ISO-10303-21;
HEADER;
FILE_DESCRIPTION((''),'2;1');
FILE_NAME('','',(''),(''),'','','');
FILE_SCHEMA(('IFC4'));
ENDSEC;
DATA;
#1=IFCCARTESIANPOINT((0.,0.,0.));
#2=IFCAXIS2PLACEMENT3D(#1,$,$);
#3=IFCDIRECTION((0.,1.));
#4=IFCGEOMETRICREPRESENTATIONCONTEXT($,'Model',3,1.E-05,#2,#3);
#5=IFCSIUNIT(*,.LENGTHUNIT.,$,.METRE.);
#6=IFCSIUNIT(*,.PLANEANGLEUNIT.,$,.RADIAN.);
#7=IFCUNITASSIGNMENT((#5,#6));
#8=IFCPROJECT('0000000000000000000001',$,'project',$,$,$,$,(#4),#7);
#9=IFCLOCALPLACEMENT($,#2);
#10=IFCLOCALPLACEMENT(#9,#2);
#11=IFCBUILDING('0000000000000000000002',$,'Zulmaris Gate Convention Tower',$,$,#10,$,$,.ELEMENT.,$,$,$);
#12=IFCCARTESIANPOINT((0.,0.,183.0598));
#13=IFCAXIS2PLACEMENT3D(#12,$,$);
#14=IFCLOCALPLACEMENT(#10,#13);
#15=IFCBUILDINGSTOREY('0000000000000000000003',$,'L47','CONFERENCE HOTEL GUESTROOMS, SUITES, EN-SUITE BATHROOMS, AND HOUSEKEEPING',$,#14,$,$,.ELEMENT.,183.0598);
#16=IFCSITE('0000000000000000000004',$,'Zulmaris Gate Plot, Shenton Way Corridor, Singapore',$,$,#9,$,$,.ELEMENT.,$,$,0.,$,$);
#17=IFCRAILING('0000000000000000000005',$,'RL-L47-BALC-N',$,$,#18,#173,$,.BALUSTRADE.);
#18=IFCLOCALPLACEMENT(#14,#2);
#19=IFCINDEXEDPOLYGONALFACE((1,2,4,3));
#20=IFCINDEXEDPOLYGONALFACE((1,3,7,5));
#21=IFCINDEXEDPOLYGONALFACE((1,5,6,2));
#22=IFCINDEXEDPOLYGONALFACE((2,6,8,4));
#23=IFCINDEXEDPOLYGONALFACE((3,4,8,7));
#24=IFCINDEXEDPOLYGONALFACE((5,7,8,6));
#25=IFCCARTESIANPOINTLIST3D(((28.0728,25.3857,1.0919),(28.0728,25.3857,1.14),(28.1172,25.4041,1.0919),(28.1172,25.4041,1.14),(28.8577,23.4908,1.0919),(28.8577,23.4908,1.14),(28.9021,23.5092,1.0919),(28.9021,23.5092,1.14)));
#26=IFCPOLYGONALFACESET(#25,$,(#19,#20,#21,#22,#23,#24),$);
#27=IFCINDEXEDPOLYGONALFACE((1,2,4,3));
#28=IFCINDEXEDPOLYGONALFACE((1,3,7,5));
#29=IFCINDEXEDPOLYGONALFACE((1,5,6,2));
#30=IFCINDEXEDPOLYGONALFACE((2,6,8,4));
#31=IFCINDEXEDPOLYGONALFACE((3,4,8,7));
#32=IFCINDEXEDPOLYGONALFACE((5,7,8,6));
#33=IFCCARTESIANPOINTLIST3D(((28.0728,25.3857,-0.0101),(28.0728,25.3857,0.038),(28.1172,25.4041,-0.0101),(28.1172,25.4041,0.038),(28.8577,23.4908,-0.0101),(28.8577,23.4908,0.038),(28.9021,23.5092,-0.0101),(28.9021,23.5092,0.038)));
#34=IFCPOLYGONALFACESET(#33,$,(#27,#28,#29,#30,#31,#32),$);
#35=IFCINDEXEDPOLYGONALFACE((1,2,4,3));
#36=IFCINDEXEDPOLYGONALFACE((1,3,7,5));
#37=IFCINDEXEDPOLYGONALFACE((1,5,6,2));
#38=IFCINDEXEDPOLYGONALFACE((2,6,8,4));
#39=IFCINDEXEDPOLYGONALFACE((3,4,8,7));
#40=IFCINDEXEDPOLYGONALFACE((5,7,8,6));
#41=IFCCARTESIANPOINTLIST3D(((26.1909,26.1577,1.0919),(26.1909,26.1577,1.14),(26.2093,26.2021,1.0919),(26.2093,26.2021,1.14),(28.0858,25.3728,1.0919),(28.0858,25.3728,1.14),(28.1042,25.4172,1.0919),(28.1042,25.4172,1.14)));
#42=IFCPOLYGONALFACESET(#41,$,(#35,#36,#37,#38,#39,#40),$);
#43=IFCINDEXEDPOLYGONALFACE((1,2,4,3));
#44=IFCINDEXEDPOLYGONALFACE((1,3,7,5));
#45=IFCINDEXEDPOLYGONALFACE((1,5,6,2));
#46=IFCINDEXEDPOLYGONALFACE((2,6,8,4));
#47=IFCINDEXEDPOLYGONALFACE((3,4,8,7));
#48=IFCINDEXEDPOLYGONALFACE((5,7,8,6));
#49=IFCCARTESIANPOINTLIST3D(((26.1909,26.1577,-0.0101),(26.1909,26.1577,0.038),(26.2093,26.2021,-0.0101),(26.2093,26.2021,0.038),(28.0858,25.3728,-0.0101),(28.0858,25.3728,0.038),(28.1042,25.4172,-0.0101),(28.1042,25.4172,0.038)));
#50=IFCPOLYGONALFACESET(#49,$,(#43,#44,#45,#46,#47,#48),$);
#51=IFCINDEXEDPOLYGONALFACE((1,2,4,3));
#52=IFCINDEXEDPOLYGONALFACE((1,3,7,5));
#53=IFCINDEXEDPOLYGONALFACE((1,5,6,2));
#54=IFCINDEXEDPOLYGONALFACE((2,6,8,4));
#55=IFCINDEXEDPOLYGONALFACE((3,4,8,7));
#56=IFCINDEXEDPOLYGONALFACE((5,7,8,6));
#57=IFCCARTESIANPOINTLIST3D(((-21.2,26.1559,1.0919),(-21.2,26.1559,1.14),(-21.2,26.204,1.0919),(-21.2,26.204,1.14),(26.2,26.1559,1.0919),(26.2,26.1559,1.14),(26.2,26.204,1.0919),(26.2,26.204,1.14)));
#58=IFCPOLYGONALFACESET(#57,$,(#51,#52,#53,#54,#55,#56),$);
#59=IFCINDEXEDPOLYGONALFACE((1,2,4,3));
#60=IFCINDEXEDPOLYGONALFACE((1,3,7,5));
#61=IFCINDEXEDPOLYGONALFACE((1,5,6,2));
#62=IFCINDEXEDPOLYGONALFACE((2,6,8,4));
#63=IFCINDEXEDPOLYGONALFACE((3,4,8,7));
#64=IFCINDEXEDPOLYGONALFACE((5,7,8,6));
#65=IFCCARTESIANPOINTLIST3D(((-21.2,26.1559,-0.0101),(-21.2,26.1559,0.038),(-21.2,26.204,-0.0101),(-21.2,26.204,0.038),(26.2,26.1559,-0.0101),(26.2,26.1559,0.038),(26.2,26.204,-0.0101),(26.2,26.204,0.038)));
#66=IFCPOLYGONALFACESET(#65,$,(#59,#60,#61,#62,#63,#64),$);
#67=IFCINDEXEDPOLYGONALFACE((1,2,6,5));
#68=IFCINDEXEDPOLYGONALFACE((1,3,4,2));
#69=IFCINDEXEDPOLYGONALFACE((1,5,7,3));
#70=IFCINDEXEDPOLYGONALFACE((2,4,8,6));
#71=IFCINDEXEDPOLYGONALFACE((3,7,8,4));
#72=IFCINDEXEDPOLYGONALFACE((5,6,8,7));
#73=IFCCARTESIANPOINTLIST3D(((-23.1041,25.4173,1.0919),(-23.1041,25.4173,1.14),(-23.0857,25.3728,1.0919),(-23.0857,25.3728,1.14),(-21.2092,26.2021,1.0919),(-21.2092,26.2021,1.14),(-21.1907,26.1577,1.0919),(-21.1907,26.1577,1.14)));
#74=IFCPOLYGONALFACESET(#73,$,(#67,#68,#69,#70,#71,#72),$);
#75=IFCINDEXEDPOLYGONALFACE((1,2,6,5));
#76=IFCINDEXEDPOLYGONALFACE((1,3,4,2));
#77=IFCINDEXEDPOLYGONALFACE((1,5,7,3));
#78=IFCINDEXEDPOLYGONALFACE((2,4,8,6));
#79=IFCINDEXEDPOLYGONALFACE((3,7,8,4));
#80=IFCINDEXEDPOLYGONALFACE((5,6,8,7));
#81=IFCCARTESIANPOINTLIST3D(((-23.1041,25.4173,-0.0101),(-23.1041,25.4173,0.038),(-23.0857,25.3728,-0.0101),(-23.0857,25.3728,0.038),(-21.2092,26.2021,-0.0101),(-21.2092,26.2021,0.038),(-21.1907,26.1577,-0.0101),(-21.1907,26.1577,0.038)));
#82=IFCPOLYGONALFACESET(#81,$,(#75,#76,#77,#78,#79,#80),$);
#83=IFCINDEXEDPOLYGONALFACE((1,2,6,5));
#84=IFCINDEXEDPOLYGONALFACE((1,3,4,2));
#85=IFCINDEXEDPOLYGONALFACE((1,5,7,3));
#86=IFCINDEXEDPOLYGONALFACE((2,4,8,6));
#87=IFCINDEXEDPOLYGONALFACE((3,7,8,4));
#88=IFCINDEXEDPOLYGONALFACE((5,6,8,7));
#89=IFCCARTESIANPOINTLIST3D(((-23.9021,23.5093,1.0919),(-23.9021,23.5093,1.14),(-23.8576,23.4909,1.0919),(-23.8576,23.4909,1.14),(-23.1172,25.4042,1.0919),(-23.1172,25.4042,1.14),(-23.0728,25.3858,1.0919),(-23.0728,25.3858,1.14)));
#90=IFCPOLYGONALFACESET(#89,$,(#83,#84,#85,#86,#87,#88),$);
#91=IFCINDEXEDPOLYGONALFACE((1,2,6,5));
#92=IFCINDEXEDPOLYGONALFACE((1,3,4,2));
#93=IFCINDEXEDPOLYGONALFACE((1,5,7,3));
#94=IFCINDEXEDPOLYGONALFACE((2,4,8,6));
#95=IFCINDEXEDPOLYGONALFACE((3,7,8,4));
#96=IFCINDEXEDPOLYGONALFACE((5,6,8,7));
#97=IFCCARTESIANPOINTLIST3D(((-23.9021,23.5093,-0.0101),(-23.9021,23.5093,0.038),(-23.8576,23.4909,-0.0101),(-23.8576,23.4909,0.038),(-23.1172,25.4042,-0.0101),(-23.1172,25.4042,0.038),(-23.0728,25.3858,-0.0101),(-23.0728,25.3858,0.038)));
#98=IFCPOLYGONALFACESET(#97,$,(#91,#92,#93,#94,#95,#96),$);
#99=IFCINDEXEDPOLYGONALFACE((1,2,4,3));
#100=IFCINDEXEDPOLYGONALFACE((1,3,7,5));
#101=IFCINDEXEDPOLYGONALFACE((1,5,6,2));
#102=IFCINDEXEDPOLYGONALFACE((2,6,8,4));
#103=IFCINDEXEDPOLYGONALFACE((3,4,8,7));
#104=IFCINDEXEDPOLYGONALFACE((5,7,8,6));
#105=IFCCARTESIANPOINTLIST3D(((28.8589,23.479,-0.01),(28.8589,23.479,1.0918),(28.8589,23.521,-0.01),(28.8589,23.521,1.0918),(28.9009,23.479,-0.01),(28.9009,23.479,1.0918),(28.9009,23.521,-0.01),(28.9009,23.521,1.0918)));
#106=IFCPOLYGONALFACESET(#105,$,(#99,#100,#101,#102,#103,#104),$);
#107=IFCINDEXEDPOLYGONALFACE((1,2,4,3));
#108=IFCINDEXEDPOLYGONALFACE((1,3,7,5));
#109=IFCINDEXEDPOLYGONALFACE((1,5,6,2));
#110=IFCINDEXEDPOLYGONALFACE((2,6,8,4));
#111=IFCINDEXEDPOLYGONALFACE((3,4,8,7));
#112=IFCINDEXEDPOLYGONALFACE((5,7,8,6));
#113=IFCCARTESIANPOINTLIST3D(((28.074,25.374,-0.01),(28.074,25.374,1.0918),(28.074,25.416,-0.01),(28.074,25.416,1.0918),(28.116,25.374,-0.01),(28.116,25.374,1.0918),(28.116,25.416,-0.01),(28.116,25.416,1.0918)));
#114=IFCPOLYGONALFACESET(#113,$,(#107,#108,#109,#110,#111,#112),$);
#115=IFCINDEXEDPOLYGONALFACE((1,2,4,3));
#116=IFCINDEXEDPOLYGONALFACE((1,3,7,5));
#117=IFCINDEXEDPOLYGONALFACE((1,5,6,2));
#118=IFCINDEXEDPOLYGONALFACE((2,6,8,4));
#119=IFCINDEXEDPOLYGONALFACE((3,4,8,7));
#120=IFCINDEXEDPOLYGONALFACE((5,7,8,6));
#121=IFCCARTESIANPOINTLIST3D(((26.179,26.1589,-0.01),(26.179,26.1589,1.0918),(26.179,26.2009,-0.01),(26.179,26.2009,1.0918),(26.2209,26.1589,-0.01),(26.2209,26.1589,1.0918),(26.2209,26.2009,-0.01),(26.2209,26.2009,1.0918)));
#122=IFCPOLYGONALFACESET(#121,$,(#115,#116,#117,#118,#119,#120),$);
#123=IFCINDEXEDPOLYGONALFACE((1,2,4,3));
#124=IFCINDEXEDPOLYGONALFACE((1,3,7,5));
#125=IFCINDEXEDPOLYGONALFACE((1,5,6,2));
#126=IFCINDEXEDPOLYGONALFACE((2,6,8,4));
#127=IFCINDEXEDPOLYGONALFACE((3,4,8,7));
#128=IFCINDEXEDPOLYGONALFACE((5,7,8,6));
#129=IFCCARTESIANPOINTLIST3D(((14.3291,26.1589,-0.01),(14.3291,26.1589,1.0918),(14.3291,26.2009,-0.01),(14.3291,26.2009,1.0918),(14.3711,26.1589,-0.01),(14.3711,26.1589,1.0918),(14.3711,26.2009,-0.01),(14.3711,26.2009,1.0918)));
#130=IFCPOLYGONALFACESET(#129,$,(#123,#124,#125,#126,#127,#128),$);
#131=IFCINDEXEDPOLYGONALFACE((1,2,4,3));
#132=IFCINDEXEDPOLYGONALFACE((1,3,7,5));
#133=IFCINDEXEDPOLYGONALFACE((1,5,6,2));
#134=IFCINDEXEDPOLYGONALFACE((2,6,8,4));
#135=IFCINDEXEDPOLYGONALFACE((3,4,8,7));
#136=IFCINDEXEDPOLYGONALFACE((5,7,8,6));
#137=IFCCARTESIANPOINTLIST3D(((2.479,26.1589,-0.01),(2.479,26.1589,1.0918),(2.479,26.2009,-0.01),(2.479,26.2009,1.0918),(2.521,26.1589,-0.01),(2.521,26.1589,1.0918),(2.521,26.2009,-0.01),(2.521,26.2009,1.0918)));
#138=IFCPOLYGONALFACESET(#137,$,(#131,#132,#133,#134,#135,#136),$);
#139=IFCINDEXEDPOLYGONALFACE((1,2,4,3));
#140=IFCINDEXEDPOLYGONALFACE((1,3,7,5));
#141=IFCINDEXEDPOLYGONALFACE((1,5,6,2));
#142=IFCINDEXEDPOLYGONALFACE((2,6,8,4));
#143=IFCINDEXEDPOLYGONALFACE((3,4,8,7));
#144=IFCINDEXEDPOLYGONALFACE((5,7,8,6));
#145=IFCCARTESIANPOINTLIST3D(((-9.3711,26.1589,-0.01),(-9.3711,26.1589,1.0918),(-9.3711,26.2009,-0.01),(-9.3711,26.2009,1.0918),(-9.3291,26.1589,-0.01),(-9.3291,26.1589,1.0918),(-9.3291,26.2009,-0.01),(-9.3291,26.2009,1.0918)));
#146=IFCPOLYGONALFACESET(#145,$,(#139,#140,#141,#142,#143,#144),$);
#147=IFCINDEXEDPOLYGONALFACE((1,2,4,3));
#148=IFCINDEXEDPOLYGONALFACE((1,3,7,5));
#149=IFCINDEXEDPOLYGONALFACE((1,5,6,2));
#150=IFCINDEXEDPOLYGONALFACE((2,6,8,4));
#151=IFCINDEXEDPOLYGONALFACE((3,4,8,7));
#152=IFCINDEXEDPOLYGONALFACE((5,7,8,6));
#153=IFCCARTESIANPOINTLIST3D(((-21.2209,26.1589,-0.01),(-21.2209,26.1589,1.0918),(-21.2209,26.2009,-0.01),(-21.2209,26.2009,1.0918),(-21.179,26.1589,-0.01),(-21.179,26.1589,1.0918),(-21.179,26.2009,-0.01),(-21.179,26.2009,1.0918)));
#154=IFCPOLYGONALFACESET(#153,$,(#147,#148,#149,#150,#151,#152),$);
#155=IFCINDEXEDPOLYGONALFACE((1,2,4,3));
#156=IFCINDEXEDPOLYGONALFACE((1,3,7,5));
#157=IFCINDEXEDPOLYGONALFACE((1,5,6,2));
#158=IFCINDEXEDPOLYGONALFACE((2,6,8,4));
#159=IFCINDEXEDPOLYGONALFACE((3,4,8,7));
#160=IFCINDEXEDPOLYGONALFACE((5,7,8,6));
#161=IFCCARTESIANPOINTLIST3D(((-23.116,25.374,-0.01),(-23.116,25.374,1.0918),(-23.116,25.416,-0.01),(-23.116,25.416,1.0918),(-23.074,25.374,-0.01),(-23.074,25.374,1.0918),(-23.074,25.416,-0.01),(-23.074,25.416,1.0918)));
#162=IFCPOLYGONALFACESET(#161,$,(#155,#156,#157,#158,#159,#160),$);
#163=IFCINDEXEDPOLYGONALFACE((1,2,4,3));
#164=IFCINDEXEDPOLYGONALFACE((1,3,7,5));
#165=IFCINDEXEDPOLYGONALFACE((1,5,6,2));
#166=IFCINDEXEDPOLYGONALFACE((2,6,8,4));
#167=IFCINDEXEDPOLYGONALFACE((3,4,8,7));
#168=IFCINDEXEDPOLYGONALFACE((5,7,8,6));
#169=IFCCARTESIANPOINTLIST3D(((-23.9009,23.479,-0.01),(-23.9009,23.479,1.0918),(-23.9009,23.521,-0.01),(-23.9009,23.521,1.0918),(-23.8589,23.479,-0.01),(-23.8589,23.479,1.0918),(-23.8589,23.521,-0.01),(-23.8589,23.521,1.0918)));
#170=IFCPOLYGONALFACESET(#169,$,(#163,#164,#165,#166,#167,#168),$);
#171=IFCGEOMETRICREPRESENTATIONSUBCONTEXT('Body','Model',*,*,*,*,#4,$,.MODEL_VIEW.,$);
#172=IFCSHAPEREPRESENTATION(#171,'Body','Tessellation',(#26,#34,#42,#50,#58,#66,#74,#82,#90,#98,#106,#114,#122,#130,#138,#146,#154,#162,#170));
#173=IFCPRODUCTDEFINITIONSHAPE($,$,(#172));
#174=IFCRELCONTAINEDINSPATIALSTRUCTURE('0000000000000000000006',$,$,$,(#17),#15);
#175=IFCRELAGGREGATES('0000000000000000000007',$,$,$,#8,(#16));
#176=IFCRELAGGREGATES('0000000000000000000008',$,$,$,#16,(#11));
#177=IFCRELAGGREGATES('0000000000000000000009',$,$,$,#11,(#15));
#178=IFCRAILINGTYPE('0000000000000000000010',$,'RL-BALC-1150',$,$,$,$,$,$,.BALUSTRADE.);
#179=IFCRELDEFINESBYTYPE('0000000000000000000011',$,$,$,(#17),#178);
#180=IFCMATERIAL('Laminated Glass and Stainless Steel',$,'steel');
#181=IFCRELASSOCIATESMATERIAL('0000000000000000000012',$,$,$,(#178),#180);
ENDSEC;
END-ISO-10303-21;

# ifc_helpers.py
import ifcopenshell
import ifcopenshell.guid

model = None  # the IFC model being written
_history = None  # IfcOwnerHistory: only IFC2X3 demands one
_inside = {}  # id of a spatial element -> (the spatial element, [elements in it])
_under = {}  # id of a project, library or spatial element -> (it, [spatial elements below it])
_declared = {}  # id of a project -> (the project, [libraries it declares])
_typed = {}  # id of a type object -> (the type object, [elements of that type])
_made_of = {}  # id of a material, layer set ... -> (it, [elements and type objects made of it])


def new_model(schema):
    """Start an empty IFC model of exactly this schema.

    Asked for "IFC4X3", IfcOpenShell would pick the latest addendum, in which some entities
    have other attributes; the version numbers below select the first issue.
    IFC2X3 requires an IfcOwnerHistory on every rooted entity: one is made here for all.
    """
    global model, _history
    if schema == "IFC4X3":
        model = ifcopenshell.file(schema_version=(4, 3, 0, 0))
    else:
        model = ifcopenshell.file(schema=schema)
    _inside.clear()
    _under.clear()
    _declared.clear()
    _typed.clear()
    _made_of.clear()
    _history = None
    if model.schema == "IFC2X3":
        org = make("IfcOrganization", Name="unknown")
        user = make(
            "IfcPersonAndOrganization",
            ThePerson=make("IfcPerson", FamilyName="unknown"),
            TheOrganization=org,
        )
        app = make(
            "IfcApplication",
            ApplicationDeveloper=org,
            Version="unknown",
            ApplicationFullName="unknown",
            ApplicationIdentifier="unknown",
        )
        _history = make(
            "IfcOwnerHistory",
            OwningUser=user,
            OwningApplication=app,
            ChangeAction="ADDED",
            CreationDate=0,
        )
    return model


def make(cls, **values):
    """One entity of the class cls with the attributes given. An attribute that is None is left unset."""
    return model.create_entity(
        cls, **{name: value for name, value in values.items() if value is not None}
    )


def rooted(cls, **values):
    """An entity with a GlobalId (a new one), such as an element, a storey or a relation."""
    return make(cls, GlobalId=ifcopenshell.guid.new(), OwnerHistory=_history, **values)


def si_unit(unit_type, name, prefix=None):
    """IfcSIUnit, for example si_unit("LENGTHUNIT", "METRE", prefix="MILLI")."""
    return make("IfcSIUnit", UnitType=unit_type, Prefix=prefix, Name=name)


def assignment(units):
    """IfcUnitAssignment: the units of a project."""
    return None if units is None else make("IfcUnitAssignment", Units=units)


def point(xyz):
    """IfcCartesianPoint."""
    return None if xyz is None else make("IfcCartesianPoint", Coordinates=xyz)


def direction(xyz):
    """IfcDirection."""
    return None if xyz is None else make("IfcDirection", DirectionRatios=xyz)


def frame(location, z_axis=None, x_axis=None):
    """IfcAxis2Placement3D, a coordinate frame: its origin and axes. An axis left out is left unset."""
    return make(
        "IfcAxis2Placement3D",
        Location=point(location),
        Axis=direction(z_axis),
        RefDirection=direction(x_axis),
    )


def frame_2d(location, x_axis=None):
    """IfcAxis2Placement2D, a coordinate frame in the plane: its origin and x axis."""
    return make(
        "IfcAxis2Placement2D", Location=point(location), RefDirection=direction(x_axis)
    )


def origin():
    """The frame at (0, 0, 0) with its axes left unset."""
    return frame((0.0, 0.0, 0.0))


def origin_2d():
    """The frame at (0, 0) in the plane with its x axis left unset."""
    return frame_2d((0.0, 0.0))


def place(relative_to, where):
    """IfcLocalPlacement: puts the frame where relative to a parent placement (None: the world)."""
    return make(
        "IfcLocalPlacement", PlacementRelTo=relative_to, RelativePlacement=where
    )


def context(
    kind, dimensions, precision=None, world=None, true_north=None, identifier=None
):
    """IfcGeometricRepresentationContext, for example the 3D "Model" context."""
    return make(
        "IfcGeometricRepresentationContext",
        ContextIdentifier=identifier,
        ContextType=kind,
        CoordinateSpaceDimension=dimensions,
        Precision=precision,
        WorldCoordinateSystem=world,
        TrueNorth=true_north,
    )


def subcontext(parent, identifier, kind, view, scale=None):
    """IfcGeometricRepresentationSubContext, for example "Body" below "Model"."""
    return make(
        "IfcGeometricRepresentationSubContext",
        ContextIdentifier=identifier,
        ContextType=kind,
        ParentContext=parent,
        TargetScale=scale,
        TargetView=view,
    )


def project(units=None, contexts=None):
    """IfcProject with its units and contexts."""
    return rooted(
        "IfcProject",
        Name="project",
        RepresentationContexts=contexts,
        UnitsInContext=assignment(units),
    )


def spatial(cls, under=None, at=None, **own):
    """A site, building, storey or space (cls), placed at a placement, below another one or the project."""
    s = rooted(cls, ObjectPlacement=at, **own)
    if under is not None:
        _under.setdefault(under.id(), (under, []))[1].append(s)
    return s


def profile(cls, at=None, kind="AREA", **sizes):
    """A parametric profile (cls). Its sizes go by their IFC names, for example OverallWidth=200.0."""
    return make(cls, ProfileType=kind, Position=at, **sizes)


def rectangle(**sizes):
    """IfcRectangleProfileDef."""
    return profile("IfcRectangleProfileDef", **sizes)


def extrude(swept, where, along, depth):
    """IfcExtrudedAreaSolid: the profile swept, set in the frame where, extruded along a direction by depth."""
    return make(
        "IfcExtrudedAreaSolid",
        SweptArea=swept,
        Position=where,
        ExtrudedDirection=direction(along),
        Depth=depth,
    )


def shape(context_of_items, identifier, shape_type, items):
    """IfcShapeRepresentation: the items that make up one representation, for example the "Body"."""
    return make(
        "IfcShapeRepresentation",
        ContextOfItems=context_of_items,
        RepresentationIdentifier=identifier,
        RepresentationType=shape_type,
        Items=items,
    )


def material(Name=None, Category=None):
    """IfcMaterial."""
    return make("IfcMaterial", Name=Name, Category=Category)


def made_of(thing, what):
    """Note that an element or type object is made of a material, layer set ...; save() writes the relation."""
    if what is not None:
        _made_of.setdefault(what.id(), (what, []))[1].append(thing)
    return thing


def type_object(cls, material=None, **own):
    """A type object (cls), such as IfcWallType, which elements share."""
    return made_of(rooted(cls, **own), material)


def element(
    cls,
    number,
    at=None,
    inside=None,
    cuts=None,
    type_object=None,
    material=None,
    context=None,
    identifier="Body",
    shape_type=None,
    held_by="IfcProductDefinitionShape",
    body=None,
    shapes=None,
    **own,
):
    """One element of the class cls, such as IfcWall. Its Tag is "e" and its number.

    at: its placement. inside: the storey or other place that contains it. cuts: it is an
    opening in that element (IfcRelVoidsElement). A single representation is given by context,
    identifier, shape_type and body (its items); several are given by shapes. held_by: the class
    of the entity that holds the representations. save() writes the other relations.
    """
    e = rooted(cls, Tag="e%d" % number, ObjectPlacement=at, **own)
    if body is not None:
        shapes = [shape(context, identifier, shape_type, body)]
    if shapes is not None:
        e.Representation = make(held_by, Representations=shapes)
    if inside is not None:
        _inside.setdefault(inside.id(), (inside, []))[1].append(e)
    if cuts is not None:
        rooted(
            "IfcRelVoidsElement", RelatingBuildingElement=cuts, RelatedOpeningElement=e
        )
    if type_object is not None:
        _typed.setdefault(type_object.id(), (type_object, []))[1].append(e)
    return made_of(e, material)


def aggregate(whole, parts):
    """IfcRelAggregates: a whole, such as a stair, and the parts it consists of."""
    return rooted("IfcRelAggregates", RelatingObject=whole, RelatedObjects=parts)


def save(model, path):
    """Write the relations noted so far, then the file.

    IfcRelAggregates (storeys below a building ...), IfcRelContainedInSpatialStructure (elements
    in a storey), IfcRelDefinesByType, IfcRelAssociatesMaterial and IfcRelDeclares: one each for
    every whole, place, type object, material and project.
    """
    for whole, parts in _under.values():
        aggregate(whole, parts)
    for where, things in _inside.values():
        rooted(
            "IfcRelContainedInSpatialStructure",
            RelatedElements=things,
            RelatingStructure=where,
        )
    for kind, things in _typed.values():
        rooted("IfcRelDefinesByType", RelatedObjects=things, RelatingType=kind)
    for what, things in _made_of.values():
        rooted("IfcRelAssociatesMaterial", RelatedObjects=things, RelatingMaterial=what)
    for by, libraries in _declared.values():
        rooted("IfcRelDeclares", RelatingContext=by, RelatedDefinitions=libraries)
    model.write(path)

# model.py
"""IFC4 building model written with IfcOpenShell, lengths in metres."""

from ifc_helpers import new_model, si_unit, direction, frame, origin, origin_2d, place, context, subcontext, project, spatial, rectangle, extrude, material, type_object, element, save


model = new_model("IFC4")

# Units and contexts
model_context = context("Model", 3, precision=1e-05, world=origin(), true_north=direction((0.0, 1.0)))
body_context = subcontext(model_context, "Body", "Model", "MODEL_VIEW")
ifc_project = project(units=[si_unit("LENGTHUNIT", "METRE"), si_unit("PLANEANGLEUNIT", "RADIAN")], contexts=[model_context])

# Site, building, storey
site_placement = place(None, origin())
site = spatial("IfcSite", under=ifc_project, at=site_placement, Name="Zulmaris Gate Plot, Shenton Way Corridor, Singapore", CompositionType="ELEMENT", RefElevation=0.0)
building_placement = place(site_placement, origin())
building = spatial("IfcBuilding", under=site, at=building_placement, Name="Zulmaris Gate Convention Tower", CompositionType="ELEMENT")
storey_placement = place(building_placement, frame((0.0, 0.0, 183.0598)))
storey = spatial("IfcBuildingStorey", under=building, at=storey_placement, Name="L47", Description="CONFERENCE HOTEL GUESTROOMS, SUITES, EN-SUITE BATHROOMS, AND HOUSEKEEPING", CompositionType="ELEMENT", Elevation=183.0598)

# Railing
ifc_material_1 = material(Name="Laminated Glass and Stainless Steel", Category="steel")
railing_type = type_object("IfcRailingType", Name="RL-BALC-1150", PredefinedType="BALUSTRADE", material=ifc_material_1)
railing_placement = place(storey_placement, frame((28.8799, 23.5, -0.01)))
element("IfcRailing", 1, at=railing_placement, inside=storey, type_object=railing_type, Name="RL-L47-BALC-N", PredefinedType="BALUSTRADE", context=body_context, shape_type="SweptSolid", body=[
    extrude(rectangle(XDim=0.0481, YDim=0.0481, at=origin_2d()), frame((0.0, 0.0, 1.126), z_axis=(-0.382671, 0.923885, 0.0), x_axis=(-0.923885, -0.382671, 0.0)), (0.0, 0.0, 1.0), 2.051),
    extrude(rectangle(XDim=0.0481, YDim=0.0481, at=origin_2d()), frame((0.0, 0.0, 0.0239), z_axis=(-0.382671, 0.923885, 0.0), x_axis=(-0.923885, -0.382671, 0.0)), (0.0, 0.0, 1.0), 2.051),
    extrude(rectangle(XDim=0.0481, YDim=0.0481, at=origin_2d()), frame((-0.7849, 1.895, 1.126), z_axis=(-0.923885, 0.382671, 0.0), x_axis=(-0.382671, -0.923885, 0.0)), (0.0, 0.0, 1.0), 2.051),
    extrude(rectangle(XDim=0.0481, YDim=0.0481, at=origin_2d()), frame((-0.7849, 1.895, 0.0239), z_axis=(-0.923885, 0.382671, 0.0), x_axis=(-0.382671, -0.923885, 0.0)), (0.0, 0.0, 1.0), 2.051),
    extrude(rectangle(XDim=0.0481, YDim=0.0481, at=origin_2d()), frame((-2.6799, 2.6799, 1.126), z_axis=(-1.0, 0.0, 0.0), x_axis=(0.0, -1.0, 0.0)), (0.0, 0.0, 1.0), 47.3999),
    extrude(rectangle(XDim=0.0481, YDim=0.0481, at=origin_2d()), frame((-2.6799, 2.6799, 0.0239), z_axis=(-1.0, 0.0, 0.0), x_axis=(0.0, -1.0, 0.0)), (0.0, 0.0, 1.0), 47.3999),
    extrude(rectangle(XDim=0.0481, YDim=0.0481, at=origin_2d()), frame((-50.0798, 2.6799, 1.126), z_axis=(-0.923885, -0.382671, 0.0), x_axis=(0.382671, -0.923885, 0.0)), (0.0, 0.0, 1.0), 2.051),
    extrude(rectangle(XDim=0.0481, YDim=0.0481, at=origin_2d()), frame((-50.0798, 2.6799, 0.0239), z_axis=(-0.923885, -0.382671, 0.0), x_axis=(0.382671, -0.923885, 0.0)), (0.0, 0.0, 1.0), 2.051),
    extrude(rectangle(XDim=0.0481, YDim=0.0481, at=origin_2d()), frame((-51.9749, 1.895, 1.126), z_axis=(-0.382671, -0.923885, 0.0), x_axis=(0.923885, -0.382671, 0.0)), (0.0, 0.0, 1.0), 2.051),
    extrude(rectangle(XDim=0.0481, YDim=0.0481, at=origin_2d()), frame((-51.9749, 1.895, 0.0239), z_axis=(-0.382671, -0.923885, 0.0), x_axis=(0.923885, -0.382671, 0.0)), (0.0, 0.0, 1.0), 2.051),
    extrude(rectangle(XDim=0.042, YDim=0.042, at=origin_2d()), origin(), (0.0, 0.0, 1.0), 1.1018),
    extrude(rectangle(XDim=0.042, YDim=0.042, at=origin_2d()), frame((-0.7849, 1.895, 0.0)), (0.0, 0.0, 1.0), 1.1018),
    extrude(rectangle(XDim=0.042, YDim=0.042, at=origin_2d()), frame((-2.6799, 2.6799, 0.0)), (0.0, 0.0, 1.0), 1.1018),
    extrude(rectangle(XDim=0.042, YDim=0.042, at=origin_2d()), frame((-14.5298, 2.6799, 0.0)), (0.0, 0.0, 1.0), 1.1018),
    extrude(rectangle(XDim=0.042, YDim=0.042, at=origin_2d()), frame((-26.3799, 2.6799, 0.0)), (0.0, 0.0, 1.0), 1.1018),
    extrude(rectangle(XDim=0.042, YDim=0.042, at=origin_2d()), frame((-38.23, 2.6799, 0.0)), (0.0, 0.0, 1.0), 1.1018),
    extrude(rectangle(XDim=0.042, YDim=0.042, at=origin_2d()), frame((-50.0798, 2.6799, 0.0)), (0.0, 0.0, 1.0), 1.1018),
    extrude(rectangle(XDim=0.042, YDim=0.042, at=origin_2d()), frame((-51.9749, 1.895, 0.0)), (0.0, 0.0, 1.0), 1.1018),
    extrude(rectangle(XDim=0.042, YDim=0.042, at=origin_2d()), frame((-52.7598, 0.0, 0.0)), (0.0, 0.0, 1.0), 1.1018),
])

save(model, "model.ifc")
